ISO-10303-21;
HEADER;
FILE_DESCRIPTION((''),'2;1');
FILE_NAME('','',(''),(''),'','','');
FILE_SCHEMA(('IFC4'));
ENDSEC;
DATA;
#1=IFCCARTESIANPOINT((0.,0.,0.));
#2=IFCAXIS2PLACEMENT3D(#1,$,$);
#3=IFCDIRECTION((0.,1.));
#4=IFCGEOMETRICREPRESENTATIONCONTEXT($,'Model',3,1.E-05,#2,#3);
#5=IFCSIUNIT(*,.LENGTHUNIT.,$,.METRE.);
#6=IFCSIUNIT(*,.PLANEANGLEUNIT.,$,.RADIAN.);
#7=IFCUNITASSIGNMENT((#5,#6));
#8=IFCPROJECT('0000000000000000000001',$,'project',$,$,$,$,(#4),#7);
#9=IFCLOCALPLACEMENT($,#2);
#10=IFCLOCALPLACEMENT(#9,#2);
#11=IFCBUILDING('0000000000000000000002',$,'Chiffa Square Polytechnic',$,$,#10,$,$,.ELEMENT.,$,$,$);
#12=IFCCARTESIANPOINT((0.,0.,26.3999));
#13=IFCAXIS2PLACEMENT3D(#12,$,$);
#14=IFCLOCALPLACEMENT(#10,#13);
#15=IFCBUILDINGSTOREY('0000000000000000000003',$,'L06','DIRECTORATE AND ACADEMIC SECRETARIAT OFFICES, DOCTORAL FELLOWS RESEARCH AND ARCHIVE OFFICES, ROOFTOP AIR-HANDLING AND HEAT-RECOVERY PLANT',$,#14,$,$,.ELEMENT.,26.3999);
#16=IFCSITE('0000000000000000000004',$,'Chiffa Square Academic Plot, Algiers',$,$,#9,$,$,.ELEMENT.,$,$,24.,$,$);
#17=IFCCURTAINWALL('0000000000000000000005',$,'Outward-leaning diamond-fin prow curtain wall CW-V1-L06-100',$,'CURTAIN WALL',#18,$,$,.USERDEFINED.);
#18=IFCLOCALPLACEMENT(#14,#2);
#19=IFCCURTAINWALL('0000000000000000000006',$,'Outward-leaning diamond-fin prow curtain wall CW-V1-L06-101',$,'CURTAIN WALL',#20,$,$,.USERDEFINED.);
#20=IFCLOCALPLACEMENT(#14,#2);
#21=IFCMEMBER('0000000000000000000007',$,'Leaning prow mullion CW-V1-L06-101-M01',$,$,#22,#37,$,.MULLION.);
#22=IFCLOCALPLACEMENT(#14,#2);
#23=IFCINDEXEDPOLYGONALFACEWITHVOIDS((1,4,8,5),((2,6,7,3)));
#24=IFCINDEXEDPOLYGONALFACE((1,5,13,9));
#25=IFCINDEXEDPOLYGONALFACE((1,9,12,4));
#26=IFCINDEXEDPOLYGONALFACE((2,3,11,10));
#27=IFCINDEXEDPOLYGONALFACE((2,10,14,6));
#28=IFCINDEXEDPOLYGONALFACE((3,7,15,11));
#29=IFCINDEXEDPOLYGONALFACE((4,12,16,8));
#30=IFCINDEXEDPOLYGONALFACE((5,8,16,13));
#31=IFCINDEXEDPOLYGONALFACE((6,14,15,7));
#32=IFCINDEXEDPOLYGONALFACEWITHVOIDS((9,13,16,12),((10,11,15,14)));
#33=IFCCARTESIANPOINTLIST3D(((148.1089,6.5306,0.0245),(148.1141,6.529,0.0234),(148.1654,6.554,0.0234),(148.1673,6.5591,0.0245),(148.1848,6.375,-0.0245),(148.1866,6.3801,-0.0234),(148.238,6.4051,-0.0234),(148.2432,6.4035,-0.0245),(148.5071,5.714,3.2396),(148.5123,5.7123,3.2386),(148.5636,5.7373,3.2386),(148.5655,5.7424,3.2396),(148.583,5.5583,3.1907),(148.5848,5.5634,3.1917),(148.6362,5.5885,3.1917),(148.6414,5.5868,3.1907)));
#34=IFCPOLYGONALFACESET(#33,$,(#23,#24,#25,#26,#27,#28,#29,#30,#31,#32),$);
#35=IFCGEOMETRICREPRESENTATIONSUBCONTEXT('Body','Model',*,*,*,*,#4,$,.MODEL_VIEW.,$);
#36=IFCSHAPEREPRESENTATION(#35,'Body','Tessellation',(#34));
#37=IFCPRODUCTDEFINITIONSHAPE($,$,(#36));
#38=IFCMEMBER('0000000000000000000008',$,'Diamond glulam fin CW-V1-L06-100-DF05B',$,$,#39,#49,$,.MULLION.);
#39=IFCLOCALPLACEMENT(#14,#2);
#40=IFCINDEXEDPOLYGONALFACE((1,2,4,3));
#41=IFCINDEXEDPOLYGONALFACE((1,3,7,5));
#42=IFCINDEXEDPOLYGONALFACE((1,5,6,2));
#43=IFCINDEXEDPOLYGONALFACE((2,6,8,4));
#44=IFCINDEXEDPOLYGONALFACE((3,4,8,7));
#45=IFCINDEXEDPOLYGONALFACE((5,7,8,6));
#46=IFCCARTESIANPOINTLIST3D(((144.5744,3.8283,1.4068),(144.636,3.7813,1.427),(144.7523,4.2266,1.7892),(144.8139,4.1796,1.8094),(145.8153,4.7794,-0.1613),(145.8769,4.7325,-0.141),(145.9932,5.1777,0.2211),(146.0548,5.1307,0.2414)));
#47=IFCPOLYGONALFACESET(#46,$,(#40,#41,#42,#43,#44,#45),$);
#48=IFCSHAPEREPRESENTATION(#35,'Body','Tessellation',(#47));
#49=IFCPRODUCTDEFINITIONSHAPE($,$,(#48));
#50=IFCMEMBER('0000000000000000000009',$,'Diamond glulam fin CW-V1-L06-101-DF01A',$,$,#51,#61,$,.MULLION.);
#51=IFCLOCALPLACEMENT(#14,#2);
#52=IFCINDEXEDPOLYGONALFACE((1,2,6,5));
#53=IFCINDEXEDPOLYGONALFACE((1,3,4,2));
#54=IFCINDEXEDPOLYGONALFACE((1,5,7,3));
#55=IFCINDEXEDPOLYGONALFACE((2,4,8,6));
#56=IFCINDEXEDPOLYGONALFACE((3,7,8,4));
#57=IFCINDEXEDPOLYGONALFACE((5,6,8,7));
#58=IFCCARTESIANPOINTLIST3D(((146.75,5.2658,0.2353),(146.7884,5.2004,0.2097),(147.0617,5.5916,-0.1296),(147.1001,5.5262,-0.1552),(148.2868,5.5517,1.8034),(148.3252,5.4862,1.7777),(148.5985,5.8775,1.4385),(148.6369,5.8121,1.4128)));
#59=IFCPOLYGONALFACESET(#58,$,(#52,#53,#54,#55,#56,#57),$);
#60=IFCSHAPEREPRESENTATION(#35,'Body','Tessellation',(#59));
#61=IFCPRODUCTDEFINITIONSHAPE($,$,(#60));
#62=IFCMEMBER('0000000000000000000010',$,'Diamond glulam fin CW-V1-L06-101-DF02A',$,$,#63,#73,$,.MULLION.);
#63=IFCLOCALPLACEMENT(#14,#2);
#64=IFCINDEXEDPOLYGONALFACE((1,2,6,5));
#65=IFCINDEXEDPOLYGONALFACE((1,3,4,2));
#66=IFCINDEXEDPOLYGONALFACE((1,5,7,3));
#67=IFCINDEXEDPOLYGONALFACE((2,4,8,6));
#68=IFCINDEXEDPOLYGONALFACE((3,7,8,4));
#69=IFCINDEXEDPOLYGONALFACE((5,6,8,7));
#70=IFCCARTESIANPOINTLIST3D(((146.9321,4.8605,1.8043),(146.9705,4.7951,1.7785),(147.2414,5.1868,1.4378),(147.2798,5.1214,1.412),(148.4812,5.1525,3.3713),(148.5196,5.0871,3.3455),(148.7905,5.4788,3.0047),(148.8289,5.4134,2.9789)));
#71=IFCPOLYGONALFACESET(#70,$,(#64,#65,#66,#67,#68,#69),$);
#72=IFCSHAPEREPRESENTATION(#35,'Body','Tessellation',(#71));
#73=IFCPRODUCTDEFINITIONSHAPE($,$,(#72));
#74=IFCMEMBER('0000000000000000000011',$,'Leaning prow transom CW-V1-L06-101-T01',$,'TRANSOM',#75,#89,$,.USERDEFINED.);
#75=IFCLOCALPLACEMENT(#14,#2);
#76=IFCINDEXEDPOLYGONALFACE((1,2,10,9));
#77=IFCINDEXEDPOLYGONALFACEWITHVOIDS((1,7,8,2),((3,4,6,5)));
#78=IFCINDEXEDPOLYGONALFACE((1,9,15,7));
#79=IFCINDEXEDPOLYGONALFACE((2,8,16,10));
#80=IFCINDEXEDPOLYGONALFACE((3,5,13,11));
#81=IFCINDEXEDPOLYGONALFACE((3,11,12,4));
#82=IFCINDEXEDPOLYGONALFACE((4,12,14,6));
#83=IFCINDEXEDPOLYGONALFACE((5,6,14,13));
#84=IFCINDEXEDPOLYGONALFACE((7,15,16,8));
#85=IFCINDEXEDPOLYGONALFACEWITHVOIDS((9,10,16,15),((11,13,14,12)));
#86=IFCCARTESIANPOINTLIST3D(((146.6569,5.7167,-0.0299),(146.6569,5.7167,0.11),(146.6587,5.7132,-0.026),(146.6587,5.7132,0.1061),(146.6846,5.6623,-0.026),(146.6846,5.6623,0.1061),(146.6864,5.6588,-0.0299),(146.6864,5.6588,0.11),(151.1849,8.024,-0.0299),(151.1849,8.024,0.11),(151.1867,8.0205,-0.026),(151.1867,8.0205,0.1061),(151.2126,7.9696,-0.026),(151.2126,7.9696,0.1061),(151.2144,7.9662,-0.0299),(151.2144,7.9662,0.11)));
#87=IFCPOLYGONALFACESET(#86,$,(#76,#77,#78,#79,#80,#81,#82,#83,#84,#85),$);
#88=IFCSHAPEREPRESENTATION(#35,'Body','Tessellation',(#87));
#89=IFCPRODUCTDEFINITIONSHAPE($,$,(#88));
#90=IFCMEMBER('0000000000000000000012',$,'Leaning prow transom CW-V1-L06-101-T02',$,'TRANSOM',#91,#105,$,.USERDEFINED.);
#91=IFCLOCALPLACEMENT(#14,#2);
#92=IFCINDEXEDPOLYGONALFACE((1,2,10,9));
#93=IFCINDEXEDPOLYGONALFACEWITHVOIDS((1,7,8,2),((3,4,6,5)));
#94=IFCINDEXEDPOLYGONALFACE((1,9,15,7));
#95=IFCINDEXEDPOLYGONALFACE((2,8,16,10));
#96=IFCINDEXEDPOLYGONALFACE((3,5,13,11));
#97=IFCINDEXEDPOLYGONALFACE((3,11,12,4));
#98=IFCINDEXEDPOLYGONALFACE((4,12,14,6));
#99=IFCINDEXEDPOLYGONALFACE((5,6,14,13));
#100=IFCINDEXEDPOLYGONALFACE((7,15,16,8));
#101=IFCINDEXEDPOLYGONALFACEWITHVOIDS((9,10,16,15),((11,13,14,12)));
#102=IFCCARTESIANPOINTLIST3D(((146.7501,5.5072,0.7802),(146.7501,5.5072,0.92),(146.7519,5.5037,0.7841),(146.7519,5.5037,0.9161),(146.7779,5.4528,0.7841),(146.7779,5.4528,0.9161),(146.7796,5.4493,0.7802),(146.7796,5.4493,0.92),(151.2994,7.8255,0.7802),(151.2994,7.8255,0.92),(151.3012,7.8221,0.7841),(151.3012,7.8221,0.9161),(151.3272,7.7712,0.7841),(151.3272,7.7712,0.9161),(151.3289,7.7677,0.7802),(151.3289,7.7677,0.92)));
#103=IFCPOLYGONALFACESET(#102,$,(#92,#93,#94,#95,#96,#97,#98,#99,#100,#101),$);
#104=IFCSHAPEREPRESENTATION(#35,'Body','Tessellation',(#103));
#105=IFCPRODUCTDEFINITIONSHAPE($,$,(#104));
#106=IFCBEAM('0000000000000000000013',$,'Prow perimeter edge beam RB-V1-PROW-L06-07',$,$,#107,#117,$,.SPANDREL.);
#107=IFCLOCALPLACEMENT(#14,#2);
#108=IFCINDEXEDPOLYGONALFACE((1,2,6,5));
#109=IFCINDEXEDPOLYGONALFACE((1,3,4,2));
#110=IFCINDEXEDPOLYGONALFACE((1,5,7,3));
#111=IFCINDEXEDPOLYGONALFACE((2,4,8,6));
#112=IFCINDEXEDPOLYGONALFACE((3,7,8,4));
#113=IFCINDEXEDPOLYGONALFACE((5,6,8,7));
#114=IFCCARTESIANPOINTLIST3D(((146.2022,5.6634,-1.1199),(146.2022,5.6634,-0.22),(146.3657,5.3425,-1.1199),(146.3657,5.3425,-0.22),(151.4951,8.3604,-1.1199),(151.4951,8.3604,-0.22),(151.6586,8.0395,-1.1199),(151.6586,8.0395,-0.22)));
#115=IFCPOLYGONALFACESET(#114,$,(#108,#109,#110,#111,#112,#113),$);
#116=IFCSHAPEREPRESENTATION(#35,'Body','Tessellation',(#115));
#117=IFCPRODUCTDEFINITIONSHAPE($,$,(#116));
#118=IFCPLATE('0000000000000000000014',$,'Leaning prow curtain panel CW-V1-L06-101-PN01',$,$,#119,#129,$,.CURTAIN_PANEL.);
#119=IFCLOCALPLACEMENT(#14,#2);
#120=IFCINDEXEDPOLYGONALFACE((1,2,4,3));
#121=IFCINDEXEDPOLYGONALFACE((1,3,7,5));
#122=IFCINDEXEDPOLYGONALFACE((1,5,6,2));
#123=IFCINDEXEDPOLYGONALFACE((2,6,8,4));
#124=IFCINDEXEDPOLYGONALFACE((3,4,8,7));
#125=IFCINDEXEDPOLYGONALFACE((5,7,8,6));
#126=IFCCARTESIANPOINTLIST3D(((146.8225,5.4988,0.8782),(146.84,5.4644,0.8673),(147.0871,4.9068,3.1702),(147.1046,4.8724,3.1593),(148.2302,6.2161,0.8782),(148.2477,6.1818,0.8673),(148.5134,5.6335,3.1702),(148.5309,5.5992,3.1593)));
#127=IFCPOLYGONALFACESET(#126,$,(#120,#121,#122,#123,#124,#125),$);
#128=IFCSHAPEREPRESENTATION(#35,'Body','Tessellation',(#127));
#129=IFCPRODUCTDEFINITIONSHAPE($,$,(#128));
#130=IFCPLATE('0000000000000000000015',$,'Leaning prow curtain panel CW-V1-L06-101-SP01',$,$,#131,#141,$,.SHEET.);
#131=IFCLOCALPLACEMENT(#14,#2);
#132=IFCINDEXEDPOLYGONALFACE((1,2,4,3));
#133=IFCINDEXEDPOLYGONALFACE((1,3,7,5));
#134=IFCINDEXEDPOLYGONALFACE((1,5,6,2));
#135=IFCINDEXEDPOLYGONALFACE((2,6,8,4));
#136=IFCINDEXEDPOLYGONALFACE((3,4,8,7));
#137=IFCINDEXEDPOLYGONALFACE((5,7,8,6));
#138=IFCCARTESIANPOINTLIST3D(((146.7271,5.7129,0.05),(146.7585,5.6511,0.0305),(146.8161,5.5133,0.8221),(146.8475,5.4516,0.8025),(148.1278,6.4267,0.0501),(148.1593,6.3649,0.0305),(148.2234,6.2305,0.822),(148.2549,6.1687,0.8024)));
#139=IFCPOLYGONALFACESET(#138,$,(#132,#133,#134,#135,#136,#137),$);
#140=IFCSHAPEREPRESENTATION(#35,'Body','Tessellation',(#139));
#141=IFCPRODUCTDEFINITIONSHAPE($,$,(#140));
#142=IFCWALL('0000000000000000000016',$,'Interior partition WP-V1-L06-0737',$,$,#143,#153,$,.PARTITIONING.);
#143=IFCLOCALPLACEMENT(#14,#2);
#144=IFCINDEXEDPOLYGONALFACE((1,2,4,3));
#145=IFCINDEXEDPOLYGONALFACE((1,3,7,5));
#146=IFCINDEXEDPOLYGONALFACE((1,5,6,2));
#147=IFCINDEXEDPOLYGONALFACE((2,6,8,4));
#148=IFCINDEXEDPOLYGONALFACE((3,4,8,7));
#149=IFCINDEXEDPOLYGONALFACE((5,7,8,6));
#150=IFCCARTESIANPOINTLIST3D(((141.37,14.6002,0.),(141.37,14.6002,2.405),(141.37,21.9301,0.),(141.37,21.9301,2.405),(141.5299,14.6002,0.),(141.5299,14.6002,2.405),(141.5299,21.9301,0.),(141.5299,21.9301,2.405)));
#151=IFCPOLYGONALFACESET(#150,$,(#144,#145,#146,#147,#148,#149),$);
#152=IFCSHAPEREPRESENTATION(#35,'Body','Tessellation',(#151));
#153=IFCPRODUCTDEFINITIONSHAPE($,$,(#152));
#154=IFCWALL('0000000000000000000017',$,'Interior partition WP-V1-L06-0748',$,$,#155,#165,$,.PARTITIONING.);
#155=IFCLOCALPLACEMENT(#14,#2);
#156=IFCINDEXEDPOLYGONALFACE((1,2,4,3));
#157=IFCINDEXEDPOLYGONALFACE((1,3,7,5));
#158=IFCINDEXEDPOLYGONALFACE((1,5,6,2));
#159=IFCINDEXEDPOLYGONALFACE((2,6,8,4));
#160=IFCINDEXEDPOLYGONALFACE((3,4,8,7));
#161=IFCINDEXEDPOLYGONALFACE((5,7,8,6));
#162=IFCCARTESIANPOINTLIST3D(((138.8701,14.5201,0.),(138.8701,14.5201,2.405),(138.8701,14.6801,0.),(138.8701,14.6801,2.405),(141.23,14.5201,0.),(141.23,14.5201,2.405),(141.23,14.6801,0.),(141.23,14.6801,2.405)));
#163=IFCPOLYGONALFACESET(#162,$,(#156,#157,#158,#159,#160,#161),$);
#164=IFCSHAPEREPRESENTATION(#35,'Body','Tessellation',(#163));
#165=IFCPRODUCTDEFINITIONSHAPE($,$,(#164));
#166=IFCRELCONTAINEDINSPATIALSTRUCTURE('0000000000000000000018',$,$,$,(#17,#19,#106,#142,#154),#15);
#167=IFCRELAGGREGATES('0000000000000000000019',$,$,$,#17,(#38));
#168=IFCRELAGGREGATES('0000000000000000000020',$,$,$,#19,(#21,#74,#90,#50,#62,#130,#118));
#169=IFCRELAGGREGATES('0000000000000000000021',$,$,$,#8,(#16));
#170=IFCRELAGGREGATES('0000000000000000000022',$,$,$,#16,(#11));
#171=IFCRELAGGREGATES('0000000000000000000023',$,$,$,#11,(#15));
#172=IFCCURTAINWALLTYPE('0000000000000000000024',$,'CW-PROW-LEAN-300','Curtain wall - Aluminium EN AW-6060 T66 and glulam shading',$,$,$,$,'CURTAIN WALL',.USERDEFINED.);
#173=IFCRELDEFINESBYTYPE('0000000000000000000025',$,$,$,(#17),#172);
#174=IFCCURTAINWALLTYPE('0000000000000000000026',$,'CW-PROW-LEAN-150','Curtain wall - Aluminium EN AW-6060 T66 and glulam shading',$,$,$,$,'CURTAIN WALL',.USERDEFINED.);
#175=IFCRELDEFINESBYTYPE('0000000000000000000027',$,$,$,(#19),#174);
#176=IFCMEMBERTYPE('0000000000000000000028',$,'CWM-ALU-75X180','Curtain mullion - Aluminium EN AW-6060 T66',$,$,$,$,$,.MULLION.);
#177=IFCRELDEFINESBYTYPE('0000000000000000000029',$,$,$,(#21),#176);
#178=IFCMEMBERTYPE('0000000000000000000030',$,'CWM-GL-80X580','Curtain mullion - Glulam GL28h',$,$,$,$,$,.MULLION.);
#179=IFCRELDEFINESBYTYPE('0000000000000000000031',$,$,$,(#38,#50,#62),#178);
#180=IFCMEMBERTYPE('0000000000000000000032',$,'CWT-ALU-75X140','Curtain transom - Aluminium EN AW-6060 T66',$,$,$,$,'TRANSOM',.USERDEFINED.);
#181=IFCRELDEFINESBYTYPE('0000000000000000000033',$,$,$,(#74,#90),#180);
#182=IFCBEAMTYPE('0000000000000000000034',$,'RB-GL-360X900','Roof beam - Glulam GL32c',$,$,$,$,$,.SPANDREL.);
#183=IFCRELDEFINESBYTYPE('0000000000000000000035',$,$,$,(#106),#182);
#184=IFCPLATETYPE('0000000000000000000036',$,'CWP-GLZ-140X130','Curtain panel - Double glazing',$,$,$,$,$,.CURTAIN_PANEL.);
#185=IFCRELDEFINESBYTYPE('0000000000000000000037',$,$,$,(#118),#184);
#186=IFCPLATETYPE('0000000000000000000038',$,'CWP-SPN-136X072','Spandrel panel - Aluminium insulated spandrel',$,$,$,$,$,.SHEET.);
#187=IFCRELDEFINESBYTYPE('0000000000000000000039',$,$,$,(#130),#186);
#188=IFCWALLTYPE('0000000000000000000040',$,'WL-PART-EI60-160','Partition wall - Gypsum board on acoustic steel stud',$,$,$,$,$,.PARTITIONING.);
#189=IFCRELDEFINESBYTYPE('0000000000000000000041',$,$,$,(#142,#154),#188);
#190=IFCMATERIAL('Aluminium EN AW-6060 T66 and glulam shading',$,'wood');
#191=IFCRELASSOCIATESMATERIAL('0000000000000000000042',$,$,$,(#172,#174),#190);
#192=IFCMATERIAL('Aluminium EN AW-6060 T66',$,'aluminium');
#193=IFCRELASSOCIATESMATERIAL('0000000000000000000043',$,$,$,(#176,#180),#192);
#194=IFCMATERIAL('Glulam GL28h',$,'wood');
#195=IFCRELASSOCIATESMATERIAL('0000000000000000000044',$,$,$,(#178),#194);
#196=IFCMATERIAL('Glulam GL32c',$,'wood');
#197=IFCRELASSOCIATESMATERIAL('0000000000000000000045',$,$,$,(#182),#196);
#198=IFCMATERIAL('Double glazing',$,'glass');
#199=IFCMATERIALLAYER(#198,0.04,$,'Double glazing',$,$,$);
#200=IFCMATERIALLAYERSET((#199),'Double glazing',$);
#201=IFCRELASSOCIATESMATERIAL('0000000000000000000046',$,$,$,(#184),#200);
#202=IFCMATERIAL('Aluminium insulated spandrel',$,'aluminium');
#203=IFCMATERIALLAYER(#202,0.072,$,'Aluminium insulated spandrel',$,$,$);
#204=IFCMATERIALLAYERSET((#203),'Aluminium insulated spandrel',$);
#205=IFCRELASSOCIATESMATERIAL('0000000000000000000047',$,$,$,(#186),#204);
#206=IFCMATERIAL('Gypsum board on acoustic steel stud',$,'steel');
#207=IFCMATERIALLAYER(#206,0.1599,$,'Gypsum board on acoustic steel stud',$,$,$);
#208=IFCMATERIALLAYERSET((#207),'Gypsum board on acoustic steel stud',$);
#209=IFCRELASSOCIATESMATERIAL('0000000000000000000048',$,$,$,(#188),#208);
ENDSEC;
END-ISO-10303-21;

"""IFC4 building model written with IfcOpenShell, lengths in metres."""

from ifc_helpers import new_model, si_unit, direction, frame, frame_2d, origin, origin_2d, place, context, subcontext, project, spatial, polyline, rectangle, hollow_rectangle, outline, extrude, material, layer, layer_set, material_profile, profile_set, type_object, element, aggregate, save


model = new_model("IFC4")

# Units and contexts
model_context = context("Model", 3, precision=1e-05, world=origin(), true_north=direction((0.0, 1.0)))
body_context = subcontext(model_context, "Body", "Model", "MODEL_VIEW")
ifc_project = project(units=[si_unit("LENGTHUNIT", "METRE"), si_unit("PLANEANGLEUNIT", "RADIAN")], contexts=[model_context])

# Site, building, storey
site_placement = place(None, origin())
site = spatial("IfcSite", under=ifc_project, at=site_placement, Name="Chiffa Square Academic Plot, Algiers", CompositionType="ELEMENT", RefElevation=24.0)
building_placement = place(site_placement, origin())
building = spatial("IfcBuilding", under=site, at=building_placement, Name="Chiffa Square Polytechnic", CompositionType="ELEMENT")
storey_placement = place(building_placement, frame((0.0, 0.0, 26.3999)))
storey = spatial("IfcBuildingStorey", under=building, at=storey_placement, Name="L06", Description="DIRECTORATE AND ACADEMIC SECRETARIAT OFFICES, DOCTORAL FELLOWS RESEARCH AND ARCHIVE OFFICES, ROOFTOP AIR-HANDLING AND HEAT-RECOVERY PLANT", CompositionType="ELEMENT", Elevation=26.3999)

# Shared definitions
ifc_material_1 = material(Name="Glulam GL32c", Category="wood")

# Curtain wall
ifc_material_2 = material(Name="Aluminium EN AW-6060 T66 and glulam shading", Category="wood")
curtain_wall_type_1 = type_object("IfcCurtainWallType", Name="CW-PROW-LEAN-300", Description="Curtain wall - Aluminium EN AW-6060 T66 and glulam shading", ElementType="CURTAIN WALL", PredefinedType="USERDEFINED", material=ifc_material_2)
curtain_wall_1_placement = place(storey_placement, origin())
curtain_wall_1 = element("IfcCurtainWall", 1, at=curtain_wall_1_placement, inside=storey, type_object=curtain_wall_type_1, Name="Outward-leaning diamond-fin prow curtain wall CW-V1-L06-100", ObjectType="CURTAIN WALL", PredefinedType="USERDEFINED")
ifc_material_3 = material(Name="Aluminium EN AW-6060 T66", Category="aluminium")
ifc_material_profile_1 = material_profile(ifc_material_3, hollow_rectangle(XDim=0.0649, YDim=0.1799, WallThickness=0.0039, at=origin_2d()), Name="ALU 65x180x4")
ifc_profile_set_1 = profile_set([ifc_material_profile_1], Name="Aluminium EN AW-6060 T66")
member_type_1 = type_object("IfcMemberType", Name="CWM-ALU-75X180", Description="Curtain mullion - Aluminium EN AW-6060 T66", PredefinedType="MULLION", material=ifc_profile_set_1)

# Curtain wall, member
curtain_wall_type_2 = type_object("IfcCurtainWallType", Name="CW-PROW-LEAN-150", Description="Curtain wall - Aluminium EN AW-6060 T66 and glulam shading", ElementType="CURTAIN WALL", PredefinedType="USERDEFINED", material=ifc_material_2)
curtain_wall_2_placement = place(storey_placement, origin())
curtain_wall_2 = element("IfcCurtainWall", 2, at=curtain_wall_2_placement, inside=storey, type_object=curtain_wall_type_2, Name="Outward-leaning diamond-fin prow curtain wall CW-V1-L06-101", ObjectType="CURTAIN WALL", PredefinedType="USERDEFINED")
member_1_placement = place(storey_placement, frame((148.176, 6.467, 0.0), z_axis=(0.119184, -0.244433, 0.962314), x_axis=(0.898843, 0.43827, 0.0)))
member_1 = element("IfcMember", 3, at=member_1_placement, type_object=member_type_1, Name="Leaning prow mullion CW-V1-L06-101-M01", PredefinedType="MULLION", context=body_context, shape_type="SweptSolid", body=[
    extrude(hollow_rectangle(XDim=0.0649, YDim=0.1799, WallThickness=0.0039, at=origin_2d()), origin(), (0.0, 0.0, 1.0), 3.3411),
])

# Members
ifc_material_4 = material(Name="Glulam GL28h", Category="wood")
ifc_material_profile_2 = material_profile(ifc_material_4, rectangle(XDim=0.0801, YDim=0.5801, at=origin_2d()), Name="GL28h 80x580")
ifc_profile_set_2 = profile_set([ifc_material_profile_2], Name="Glulam GL28h")
member_type_2 = type_object("IfcMemberType", Name="CWM-GL-80X580", Description="Curtain mullion - Glulam GL28h", PredefinedType="MULLION", material=ifc_profile_set_2)
member_2_placement = place(storey_placement, frame((145.9351, 4.9551, 0.04), z_axis=(-0.560399, -0.429533, 0.708134), x_axis=(0.769345, -0.586584, 0.253036)))
member_2 = element("IfcMember", 4, at=member_2_placement, type_object=member_type_2, Name="Diamond glulam fin CW-V1-L06-100-DF05B", PredefinedType="MULLION", context=body_context, shape_type="SweptSolid", body=[
    extrude(rectangle(XDim=0.0801, YDim=0.5801, at=origin_2d()), origin(), (0.0, 0.0, 1.0), 2.2144),
])
aggregate(curtain_wall_1, [member_2])
member_3_placement = place(storey_placement, frame((146.925, 5.396, 0.04), z_axis=(0.694096, 0.129116, 0.708209), x_axis=(-0.479048, 0.817179, 0.320519)))
member_3 = element("IfcMember", 5, at=member_3_placement, type_object=member_type_2, Name="Diamond glulam fin CW-V1-L06-101-DF01A", PredefinedType="MULLION", context=body_context, shape_type="SweptSolid", body=[
    extrude(rectangle(XDim=0.0801, YDim=0.5801, at=origin_2d()), origin(), (0.0, 0.0, 1.0), 2.2141),
])
member_4_placement = place(storey_placement, frame((147.106, 4.991, 1.6082), z_axis=(0.696958, 0.131373, 0.704976), x_axis=(-0.479558, 0.816303, 0.321984)))
member_4 = element("IfcMember", 6, at=member_4_placement, type_object=member_type_2, Name="Diamond glulam fin CW-V1-L06-101-DF02A", PredefinedType="MULLION", context=body_context, shape_type="SweptSolid", body=[
    extrude(rectangle(XDim=0.0801, YDim=0.5801, at=origin_2d()), origin(), (0.0, 0.0, 1.0), 2.2227),
])
ifc_material_profile_3 = material_profile(ifc_material_3, hollow_rectangle(XDim=0.0649, YDim=0.1399, WallThickness=0.0039, at=origin_2d()), Name="ALU 65x140x4")
ifc_profile_set_3 = profile_set([ifc_material_profile_3], Name="Aluminium EN AW-6060 T66")
member_type_3 = type_object("IfcMemberType", Name="CWT-ALU-75X140", Description="Curtain transom - Aluminium EN AW-6060 T66", ElementType="TRANSOM", PredefinedType="USERDEFINED", material=ifc_profile_set_3)
member_5_placement = place(storey_placement, frame((146.6716, 5.6877, 0.04), z_axis=(0.89099, 0.454022, 0.0), x_axis=(-0.454022, 0.89099, 0.0)))
member_5 = element("IfcMember", 7, at=member_5_placement, type_object=member_type_3, Name="Leaning prow transom CW-V1-L06-101-T01", ObjectType="TRANSOM", PredefinedType="USERDEFINED", context=body_context, shape_type="SweptSolid", body=[
    extrude(hollow_rectangle(XDim=0.0649, YDim=0.1399, WallThickness=0.0039, at=origin_2d()), origin(), (0.0, 0.0, 1.0), 5.082),
])
member_6_placement = place(storey_placement, frame((146.7649, 5.4783, 0.8501), z_axis=(0.890977, 0.454048, 0.0), x_axis=(-0.454048, 0.890977, 0.0)))
member_6 = element("IfcMember", 8, at=member_6_placement, type_object=member_type_3, Name="Leaning prow transom CW-V1-L06-101-T02", ObjectType="TRANSOM", PredefinedType="USERDEFINED", context=body_context, shape_type="SweptSolid", body=[
    extrude(hollow_rectangle(XDim=0.0649, YDim=0.1399, WallThickness=0.0039, at=origin_2d()), origin(), (0.0, 0.0, 1.0), 5.106),
])

# Beam
ifc_material_profile_4 = material_profile(ifc_material_1, rectangle(XDim=0.3601, YDim=0.8999, at=origin_2d()), Name="GL32c 360x900")
ifc_profile_set_4 = profile_set([ifc_material_profile_4], Name="Glulam GL32c")
beam_type_1 = type_object("IfcBeamType", Name="RB-GL-360X900", Description="Roof beam - Glulam GL32c", PredefinedType="SPANDREL", material=ifc_profile_set_4)
beam_1_placement = place(storey_placement, frame((146.2839, 5.5029, -0.6699), z_axis=(0.890998, 0.454006, 0.0), x_axis=(-0.454006, 0.890998, 0.0)))
element("IfcBeam", 9, at=beam_1_placement, inside=storey, type_object=beam_type_1, Name="Prow perimeter edge beam RB-V1-PROW-L06-07", PredefinedType="SPANDREL", context=body_context, shape_type="SweptSolid", body=[
    extrude(rectangle(XDim=0.3601, YDim=0.8999, at=origin_2d()), origin(), (0.0, 0.0, 1.0), 5.9404),
])

# Plates
ifc_material_5 = material(Name="Double glazing", Category="glass")
ifc_layer_1 = layer(ifc_material_5, 0.04, Name="Double glazing")
ifc_layer_set_1 = layer_set([ifc_layer_1], Name="Double glazing")
plate_type_1 = type_object("IfcPlateType", Name="CWP-GLZ-140X130", Description="Curtain panel - Double glazing", PredefinedType="CURTAIN_PANEL", material=ifc_layer_set_1)
plate_1_placement = place(storey_placement, frame((146.8225, 5.4988, 0.8782), z_axis=(-0.43691, 0.857422, 0.271915), x_axis=(0.890994, 0.454015, 0.000005)))
plate_1 = element("IfcPlate", 10, at=plate_1_placement, type_object=plate_type_1, Name="Leaning prow curtain panel CW-V1-L06-101-PN01", PredefinedType="CURTAIN_PANEL", context=body_context, shape_type="SweptSolid", body=[
    extrude(outline(polyline([(0.0, 0.0), (1.5799, 0.0), (1.5678, -2.3817), (-0.033, -2.3817), (0.0, 0.0)])), origin(), (0.0, 0.0, -1.0), 0.04),
])
ifc_material_6 = material(Name="Aluminium insulated spandrel", Category="aluminium")
ifc_layer_2 = layer(ifc_material_6, 0.072, Name="Aluminium insulated spandrel")
ifc_layer_set_2 = layer_set([ifc_layer_2], Name="Aluminium insulated spandrel")
plate_type_2 = type_object("IfcPlateType", Name="CWP-SPN-136X072", Description="Spandrel panel - Aluminium insulated spandrel", PredefinedType="SHEET", material=ifc_layer_set_2)
plate_2_placement = place(storey_placement, frame((146.7271, 5.7129, 0.05), z_axis=(-0.436899, 0.857399, 0.272002), x_axis=(0.890997, 0.454009, 0.000032)))
plate_2 = element("IfcPlate", 11, at=plate_2_placement, type_object=plate_type_2, Name="Leaning prow curtain panel CW-V1-L06-101-SP01", PredefinedType="SHEET", context=body_context, shape_type="SweptSolid", body=[
    extrude(outline(polyline([(0.0, 0.0), (1.5722, 0.0), (1.5682, -0.8022), (-0.0112, -0.8023), (0.0, 0.0)])), origin(), (0.0, 0.0, -1.0), 0.072),
])
aggregate(curtain_wall_2, [member_1, member_5, member_6, member_3, member_4, plate_2, plate_1])

# Walls
ifc_material_7 = material(Name="Gypsum board on acoustic steel stud", Category="steel")
ifc_layer_3 = layer(ifc_material_7, 0.1599, Name="Gypsum board on acoustic steel stud")
ifc_layer_set_3 = layer_set([ifc_layer_3], Name="Gypsum board on acoustic steel stud")
wall_type = type_object("IfcWallType", Name="WL-PART-EI60-160", Description="Partition wall - Gypsum board on acoustic steel stud", PredefinedType="PARTITIONING", material=ifc_layer_set_3)
wall_1_placement = place(storey_placement, frame((141.45, 14.6001, 0.0), z_axis=(0.0, 0.0, 1.0), x_axis=(0.0, 1.0, 0.0)))
element("IfcWall", 12, at=wall_1_placement, inside=storey, type_object=wall_type, Name="Interior partition WP-V1-L06-0737", PredefinedType="PARTITIONING", context=body_context, shape_type="SweptSolid", body=[
    extrude(rectangle(XDim=7.3298, YDim=0.1599, at=frame_2d((3.665, 0.0))), origin(), (0.0, 0.0, 1.0), 2.405),
])
wall_2_placement = place(storey_placement, frame((138.8701, 14.6001, 0.0), z_axis=(0.0, 0.0, 1.0), x_axis=(1.0, 0.0, 0.0)))
element("IfcWall", 13, at=wall_2_placement, inside=storey, type_object=wall_type, Name="Interior partition WP-V1-L06-0748", PredefinedType="PARTITIONING", context=body_context, shape_type="SweptSolid", body=[
    extrude(rectangle(XDim=2.3599, YDim=0.1599, at=frame_2d((1.1799, 0.0))), origin(), (0.0, 0.0, 1.0), 2.405),
])

save(model, "model.ifc")
